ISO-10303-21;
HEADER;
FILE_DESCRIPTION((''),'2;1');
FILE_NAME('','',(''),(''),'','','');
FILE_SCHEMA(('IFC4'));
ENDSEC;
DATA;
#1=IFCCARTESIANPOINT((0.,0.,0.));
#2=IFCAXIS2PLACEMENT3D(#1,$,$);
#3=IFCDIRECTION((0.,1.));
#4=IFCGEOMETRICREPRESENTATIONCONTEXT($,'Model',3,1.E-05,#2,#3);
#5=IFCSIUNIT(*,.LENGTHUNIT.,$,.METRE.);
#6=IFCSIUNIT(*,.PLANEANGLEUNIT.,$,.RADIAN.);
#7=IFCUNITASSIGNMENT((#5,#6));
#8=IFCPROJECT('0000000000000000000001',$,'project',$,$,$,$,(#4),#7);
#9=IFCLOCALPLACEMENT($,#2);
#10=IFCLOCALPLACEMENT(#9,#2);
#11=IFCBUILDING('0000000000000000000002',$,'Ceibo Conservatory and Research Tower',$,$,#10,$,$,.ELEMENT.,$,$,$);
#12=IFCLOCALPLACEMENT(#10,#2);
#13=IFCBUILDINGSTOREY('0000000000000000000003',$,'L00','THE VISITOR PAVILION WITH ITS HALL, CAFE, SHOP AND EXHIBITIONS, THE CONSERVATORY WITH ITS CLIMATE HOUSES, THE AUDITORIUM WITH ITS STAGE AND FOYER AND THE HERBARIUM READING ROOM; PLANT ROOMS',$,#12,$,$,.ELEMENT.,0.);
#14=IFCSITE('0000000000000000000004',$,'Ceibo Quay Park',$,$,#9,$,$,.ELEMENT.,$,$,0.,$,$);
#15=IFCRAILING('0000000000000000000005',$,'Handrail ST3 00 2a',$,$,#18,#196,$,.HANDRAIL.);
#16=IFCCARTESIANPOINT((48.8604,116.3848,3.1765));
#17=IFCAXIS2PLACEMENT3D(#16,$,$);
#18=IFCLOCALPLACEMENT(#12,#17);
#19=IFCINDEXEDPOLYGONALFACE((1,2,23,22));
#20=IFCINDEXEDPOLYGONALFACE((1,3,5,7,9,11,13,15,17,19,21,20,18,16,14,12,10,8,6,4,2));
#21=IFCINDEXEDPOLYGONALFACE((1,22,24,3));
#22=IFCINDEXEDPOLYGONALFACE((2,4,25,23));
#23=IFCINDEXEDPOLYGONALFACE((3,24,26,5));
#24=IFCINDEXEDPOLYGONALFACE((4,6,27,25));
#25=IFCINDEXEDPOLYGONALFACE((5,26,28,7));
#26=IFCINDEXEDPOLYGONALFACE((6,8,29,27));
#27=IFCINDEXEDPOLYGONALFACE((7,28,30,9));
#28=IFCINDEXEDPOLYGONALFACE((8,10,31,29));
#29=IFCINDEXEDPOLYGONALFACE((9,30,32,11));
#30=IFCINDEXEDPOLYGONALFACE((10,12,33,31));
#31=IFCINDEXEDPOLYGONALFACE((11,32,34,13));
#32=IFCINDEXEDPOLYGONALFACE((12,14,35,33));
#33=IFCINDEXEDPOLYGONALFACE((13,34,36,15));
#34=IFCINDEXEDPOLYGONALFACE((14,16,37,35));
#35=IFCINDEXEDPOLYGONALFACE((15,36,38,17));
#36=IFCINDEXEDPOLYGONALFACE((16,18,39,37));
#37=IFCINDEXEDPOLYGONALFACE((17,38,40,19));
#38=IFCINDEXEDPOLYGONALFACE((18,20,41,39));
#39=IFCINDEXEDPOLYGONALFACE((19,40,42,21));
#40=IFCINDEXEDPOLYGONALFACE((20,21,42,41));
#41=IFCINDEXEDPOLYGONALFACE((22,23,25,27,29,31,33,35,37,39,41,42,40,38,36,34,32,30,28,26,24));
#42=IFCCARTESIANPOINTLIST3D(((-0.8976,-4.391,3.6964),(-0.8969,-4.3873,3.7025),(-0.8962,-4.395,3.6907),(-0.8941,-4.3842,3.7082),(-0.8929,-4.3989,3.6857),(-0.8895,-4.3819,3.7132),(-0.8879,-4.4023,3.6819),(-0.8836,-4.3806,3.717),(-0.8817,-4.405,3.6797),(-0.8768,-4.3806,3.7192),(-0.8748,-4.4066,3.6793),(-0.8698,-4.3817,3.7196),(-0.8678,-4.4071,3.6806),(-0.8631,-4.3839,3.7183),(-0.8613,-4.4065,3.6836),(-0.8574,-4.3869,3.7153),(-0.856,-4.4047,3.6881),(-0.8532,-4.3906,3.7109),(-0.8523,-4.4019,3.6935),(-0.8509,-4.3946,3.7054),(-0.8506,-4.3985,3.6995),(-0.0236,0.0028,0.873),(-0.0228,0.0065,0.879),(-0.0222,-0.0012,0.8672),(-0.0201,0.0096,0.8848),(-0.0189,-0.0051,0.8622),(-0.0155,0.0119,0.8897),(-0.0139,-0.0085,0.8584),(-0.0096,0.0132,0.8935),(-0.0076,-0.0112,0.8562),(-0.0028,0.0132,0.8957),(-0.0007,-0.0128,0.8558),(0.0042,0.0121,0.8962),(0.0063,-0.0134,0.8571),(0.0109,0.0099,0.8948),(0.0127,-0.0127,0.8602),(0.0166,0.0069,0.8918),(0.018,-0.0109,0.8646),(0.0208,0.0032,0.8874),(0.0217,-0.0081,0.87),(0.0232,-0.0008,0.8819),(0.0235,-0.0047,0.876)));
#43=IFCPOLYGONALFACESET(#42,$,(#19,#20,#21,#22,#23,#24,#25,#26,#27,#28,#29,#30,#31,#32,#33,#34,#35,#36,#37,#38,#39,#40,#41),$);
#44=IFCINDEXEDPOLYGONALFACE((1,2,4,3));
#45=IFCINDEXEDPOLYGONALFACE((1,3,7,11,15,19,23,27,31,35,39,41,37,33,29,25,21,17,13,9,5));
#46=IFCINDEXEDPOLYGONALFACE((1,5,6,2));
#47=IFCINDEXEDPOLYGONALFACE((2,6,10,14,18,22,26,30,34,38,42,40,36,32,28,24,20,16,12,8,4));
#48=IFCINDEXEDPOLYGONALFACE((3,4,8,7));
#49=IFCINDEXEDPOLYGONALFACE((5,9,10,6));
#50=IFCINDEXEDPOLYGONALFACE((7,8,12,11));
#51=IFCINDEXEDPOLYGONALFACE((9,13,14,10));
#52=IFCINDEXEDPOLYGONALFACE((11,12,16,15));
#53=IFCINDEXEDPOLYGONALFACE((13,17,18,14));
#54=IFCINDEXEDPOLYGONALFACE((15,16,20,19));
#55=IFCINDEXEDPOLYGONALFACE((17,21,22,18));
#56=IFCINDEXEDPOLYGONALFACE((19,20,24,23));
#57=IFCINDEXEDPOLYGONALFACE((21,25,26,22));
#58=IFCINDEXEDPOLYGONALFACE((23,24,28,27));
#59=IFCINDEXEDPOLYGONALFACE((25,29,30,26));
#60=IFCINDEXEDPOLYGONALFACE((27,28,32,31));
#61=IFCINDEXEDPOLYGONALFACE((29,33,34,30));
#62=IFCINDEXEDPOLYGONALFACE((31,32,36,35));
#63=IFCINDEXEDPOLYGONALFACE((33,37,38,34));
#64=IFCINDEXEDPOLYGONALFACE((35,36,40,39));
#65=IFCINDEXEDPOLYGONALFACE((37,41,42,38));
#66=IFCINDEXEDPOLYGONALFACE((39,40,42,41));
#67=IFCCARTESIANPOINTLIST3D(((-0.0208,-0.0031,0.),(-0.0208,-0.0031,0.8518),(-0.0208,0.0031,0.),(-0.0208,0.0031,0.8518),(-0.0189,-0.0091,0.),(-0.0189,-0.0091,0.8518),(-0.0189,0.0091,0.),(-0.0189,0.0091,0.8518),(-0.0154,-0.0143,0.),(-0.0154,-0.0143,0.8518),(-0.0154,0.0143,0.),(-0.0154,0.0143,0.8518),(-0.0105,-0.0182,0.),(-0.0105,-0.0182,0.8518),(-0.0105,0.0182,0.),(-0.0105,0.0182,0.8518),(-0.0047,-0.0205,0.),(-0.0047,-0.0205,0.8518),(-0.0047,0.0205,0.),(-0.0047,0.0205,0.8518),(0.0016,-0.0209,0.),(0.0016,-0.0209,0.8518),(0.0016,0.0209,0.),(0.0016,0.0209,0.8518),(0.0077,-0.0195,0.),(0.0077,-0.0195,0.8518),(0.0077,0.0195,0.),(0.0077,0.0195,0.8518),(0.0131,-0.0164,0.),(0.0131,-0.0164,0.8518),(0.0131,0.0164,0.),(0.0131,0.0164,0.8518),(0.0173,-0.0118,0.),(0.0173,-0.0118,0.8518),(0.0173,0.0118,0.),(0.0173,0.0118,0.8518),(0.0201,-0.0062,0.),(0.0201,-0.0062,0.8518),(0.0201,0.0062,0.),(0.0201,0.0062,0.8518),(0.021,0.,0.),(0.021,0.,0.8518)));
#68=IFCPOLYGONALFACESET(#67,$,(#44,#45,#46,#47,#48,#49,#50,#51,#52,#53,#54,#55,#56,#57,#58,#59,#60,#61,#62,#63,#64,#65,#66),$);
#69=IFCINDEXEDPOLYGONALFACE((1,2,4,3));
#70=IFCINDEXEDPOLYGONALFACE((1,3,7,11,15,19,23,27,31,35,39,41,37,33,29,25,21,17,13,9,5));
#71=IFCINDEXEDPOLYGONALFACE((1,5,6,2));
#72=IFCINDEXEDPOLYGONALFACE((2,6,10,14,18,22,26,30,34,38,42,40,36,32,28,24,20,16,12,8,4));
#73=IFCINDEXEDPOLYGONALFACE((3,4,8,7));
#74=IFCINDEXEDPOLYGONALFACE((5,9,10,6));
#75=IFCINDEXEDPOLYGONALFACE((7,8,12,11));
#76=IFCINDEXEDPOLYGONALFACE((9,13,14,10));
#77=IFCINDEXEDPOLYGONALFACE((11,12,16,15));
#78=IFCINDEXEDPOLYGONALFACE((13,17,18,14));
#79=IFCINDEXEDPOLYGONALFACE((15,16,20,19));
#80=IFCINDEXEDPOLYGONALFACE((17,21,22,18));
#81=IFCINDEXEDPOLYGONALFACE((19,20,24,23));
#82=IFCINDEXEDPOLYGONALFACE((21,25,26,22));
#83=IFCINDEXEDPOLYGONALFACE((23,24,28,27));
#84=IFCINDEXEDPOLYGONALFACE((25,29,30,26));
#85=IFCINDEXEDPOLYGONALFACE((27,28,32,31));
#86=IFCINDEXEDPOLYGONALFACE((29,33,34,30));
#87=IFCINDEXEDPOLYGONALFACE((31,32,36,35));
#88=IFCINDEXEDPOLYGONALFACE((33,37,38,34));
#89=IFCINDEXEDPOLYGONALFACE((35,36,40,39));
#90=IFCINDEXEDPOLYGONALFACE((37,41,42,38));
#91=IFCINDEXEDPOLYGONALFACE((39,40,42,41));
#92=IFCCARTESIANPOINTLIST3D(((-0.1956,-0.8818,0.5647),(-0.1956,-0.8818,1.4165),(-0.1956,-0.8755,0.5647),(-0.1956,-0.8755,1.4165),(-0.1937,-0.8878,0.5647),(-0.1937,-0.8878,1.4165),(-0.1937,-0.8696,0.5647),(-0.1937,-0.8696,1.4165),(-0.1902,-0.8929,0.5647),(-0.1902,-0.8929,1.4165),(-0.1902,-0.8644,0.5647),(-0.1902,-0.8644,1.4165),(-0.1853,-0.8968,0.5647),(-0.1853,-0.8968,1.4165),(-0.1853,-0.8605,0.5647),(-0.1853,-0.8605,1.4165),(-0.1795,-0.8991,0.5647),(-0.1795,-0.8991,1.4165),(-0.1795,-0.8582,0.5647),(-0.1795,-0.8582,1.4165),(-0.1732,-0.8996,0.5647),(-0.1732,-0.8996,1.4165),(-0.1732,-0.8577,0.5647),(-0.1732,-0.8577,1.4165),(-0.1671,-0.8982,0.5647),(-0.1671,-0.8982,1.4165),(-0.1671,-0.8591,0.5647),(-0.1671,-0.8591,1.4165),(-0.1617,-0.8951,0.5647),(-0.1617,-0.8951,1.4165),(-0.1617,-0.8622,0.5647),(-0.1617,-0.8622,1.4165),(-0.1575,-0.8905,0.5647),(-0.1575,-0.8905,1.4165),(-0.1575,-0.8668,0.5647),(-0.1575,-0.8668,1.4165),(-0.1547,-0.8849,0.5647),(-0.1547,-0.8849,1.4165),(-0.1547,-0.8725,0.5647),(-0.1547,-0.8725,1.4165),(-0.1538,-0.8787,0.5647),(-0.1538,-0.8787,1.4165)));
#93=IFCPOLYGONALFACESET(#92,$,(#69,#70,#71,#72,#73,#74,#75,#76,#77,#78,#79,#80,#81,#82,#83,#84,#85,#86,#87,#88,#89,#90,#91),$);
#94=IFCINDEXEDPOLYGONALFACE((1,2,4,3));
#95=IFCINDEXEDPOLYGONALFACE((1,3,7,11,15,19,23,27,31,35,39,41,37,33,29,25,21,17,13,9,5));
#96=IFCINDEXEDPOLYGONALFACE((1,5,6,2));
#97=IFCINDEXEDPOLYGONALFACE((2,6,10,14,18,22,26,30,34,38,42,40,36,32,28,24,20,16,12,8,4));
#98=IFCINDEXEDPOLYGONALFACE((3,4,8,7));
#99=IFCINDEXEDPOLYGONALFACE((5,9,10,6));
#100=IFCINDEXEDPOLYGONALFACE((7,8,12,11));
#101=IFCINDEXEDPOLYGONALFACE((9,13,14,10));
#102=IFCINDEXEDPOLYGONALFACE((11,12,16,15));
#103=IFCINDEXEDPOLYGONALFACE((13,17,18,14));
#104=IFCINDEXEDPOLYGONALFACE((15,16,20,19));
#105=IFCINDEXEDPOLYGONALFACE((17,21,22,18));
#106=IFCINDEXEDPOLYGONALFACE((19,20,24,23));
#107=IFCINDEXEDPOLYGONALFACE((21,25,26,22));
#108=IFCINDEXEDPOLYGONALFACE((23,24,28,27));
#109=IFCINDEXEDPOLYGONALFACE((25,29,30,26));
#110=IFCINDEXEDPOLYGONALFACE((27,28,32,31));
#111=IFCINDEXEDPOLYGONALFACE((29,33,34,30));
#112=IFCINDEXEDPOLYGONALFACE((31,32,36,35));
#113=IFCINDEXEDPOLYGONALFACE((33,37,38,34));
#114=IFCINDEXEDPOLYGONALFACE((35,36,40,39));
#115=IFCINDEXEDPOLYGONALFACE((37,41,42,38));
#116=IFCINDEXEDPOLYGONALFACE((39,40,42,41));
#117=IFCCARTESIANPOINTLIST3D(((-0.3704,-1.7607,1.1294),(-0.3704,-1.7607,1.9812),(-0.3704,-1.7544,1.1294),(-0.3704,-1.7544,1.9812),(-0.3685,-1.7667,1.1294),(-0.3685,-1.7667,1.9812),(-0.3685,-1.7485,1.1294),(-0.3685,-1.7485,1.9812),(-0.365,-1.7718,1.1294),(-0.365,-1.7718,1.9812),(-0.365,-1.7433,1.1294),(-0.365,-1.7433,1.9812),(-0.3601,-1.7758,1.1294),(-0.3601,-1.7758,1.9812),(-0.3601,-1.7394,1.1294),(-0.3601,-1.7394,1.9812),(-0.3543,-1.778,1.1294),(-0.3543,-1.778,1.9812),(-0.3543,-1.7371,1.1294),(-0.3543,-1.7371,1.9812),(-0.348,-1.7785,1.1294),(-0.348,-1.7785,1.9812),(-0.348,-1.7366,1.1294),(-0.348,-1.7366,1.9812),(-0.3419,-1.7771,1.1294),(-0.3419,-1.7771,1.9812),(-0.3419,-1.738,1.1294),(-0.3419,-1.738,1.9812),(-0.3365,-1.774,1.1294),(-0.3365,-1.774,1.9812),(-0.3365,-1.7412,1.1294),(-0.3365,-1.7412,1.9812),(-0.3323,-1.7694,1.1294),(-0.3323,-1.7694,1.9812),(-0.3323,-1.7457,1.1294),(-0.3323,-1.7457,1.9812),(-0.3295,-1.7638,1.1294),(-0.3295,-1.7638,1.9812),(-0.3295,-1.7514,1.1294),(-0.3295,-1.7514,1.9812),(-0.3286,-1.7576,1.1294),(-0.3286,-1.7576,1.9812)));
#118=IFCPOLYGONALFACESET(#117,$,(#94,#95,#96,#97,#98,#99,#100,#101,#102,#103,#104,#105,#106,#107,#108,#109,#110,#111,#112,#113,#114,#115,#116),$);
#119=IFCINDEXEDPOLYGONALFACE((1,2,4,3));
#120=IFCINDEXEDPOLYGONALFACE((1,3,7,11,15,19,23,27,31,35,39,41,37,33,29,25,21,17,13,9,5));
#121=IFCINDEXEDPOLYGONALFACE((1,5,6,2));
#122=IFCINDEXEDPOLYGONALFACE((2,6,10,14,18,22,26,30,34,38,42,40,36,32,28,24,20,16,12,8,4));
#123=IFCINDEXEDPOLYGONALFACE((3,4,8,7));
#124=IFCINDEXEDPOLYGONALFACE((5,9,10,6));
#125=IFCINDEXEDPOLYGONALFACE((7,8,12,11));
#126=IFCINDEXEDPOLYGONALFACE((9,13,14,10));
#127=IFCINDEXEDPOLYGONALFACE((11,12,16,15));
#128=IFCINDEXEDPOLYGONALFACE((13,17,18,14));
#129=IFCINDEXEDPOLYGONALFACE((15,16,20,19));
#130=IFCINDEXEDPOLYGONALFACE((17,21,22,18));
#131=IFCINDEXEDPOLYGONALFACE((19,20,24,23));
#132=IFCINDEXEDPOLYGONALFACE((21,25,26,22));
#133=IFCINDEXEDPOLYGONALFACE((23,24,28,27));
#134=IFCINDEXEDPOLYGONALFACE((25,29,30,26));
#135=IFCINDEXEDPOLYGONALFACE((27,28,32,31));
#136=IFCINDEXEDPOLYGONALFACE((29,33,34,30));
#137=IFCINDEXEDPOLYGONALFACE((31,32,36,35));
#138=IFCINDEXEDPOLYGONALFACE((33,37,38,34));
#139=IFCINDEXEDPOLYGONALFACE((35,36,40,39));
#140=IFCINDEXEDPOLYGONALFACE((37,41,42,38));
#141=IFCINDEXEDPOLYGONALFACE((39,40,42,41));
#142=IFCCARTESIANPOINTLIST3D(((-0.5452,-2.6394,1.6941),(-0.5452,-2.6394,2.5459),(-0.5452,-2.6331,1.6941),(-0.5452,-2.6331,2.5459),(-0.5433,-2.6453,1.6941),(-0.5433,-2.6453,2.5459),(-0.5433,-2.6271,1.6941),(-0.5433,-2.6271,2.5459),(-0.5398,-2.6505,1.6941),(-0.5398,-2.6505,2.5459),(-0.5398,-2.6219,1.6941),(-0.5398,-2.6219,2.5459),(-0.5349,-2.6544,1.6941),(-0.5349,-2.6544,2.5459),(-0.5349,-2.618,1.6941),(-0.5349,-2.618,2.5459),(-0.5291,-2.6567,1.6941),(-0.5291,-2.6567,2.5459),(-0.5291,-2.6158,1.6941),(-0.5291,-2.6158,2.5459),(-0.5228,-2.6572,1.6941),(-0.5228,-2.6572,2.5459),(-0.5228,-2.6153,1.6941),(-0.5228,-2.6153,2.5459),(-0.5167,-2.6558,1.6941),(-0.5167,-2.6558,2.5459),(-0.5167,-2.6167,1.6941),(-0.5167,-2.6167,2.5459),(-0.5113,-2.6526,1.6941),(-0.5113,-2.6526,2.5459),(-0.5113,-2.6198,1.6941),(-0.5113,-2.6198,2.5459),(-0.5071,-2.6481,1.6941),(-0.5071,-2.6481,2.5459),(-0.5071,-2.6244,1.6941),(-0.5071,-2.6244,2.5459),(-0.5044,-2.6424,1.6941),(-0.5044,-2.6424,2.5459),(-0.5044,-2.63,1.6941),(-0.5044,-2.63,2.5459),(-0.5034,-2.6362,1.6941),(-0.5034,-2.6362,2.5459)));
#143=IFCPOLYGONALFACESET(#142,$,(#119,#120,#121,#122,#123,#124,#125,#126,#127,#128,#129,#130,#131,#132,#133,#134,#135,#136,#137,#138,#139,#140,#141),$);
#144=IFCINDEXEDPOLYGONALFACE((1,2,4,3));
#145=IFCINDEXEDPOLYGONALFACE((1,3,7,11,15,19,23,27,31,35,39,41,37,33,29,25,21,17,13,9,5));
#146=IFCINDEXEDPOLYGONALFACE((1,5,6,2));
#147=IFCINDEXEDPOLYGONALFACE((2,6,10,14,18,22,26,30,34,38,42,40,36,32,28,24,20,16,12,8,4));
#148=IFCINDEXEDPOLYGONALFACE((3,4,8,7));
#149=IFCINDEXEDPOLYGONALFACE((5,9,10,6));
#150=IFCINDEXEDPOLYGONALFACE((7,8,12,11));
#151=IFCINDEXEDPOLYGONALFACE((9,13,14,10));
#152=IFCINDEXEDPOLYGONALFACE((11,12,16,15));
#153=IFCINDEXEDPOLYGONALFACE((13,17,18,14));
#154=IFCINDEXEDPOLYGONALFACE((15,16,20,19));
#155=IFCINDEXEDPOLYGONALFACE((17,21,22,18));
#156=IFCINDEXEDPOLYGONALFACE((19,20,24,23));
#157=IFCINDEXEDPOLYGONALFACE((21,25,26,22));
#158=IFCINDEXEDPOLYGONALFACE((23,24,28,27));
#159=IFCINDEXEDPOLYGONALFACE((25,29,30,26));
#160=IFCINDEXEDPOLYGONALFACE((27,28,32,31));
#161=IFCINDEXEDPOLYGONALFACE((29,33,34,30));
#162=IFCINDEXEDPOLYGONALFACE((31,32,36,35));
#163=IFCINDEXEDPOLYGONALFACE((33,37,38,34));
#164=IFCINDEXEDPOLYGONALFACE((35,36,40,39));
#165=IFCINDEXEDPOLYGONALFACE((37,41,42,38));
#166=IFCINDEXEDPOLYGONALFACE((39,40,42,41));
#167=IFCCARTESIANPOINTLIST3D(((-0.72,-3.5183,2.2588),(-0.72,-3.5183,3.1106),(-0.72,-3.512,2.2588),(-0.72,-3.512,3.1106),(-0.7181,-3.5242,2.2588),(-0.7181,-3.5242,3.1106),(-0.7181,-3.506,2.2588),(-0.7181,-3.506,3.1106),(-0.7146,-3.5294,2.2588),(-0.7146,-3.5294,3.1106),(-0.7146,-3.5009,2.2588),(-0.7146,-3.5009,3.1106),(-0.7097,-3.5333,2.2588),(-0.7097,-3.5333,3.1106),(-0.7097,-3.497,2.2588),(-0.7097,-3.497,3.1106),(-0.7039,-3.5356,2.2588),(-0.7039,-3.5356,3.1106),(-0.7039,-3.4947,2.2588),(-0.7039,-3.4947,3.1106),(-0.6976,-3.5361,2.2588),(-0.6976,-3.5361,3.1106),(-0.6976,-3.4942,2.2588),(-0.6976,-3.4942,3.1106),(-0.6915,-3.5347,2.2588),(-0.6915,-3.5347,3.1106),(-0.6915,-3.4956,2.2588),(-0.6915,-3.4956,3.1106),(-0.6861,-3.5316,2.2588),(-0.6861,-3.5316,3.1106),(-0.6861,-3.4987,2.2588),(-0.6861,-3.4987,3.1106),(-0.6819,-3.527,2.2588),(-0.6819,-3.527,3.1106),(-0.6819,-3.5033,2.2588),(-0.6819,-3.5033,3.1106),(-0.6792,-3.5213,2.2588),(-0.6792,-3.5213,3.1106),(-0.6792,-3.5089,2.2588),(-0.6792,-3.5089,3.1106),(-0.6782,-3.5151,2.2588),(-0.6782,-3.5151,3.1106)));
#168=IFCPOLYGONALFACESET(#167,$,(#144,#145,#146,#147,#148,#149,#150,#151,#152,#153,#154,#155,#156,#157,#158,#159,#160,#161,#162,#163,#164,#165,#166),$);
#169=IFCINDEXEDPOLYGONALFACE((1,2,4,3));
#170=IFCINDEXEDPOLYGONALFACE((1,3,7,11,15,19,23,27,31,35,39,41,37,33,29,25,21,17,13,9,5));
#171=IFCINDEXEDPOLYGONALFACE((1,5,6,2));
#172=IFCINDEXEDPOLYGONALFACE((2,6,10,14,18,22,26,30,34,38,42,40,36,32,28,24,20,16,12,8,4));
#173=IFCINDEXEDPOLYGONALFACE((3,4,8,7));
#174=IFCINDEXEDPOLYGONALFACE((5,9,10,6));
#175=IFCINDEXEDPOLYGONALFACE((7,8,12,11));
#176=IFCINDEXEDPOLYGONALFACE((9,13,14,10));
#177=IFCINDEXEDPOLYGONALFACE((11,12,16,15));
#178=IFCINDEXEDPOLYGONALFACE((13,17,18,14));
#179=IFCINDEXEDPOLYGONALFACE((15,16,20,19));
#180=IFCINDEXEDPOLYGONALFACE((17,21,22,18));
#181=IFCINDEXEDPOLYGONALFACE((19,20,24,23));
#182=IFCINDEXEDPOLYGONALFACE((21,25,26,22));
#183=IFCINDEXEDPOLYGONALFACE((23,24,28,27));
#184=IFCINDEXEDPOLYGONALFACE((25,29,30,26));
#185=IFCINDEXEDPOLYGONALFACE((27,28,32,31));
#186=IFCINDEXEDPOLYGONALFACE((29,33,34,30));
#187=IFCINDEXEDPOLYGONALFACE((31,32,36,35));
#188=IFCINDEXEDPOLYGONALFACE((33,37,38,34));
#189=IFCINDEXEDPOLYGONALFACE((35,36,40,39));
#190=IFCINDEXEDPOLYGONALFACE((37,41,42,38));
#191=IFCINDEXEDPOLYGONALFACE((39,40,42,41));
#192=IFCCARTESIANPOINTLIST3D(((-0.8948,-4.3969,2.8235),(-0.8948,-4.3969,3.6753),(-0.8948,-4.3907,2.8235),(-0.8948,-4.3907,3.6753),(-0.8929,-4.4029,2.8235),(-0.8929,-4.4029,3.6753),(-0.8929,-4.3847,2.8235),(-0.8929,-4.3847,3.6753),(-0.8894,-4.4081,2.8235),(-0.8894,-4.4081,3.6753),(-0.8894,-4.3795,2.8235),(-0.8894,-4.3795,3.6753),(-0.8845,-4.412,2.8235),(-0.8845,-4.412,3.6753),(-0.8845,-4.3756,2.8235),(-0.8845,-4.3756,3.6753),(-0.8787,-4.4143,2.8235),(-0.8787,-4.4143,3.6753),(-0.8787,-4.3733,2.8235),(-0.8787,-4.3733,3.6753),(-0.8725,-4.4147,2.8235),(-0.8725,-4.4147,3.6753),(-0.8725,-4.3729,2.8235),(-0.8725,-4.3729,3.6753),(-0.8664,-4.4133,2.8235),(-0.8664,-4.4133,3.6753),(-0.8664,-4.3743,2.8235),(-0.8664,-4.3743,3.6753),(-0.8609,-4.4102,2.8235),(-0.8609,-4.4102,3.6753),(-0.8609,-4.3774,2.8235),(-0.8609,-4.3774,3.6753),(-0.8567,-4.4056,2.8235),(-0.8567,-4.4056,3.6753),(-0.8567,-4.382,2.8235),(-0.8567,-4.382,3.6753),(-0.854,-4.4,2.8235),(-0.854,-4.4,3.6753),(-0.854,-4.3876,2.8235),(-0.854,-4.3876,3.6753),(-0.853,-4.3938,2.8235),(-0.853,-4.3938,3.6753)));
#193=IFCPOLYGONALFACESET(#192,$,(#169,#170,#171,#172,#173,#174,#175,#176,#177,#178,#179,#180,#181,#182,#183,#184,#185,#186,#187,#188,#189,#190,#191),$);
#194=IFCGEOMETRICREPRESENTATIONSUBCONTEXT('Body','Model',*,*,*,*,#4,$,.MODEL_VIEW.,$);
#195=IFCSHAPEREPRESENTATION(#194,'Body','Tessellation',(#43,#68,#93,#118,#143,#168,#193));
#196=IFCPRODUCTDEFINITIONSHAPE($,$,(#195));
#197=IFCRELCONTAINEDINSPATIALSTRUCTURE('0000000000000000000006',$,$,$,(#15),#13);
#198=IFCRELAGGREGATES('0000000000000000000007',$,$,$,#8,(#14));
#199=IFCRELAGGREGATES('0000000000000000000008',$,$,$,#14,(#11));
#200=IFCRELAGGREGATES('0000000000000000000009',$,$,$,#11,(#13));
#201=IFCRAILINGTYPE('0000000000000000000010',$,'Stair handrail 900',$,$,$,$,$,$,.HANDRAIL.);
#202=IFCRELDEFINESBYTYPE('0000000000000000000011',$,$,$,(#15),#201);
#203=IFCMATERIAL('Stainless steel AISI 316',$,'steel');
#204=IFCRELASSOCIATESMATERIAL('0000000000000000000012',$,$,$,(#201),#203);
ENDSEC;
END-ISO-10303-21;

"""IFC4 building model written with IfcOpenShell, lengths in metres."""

from ifc_helpers import new_model, si_unit, direction, frame, origin, origin_2d, place, context, subcontext, project, spatial, circle, extrude, material, type_object, element, save


model = new_model("IFC4")

# Units and contexts
model_context = context("Model", 3, precision=1e-05, world=origin(), true_north=direction((0.0, 1.0)))
body_context = subcontext(model_context, "Body", "Model", "MODEL_VIEW")
ifc_project = project(units=[si_unit("LENGTHUNIT", "METRE"), si_unit("PLANEANGLEUNIT", "RADIAN")], contexts=[model_context])

# Site, building, storey
site_placement = place(None, origin())
site = spatial("IfcSite", under=ifc_project, at=site_placement, Name="Ceibo Quay Park", CompositionType="ELEMENT", RefElevation=0.0)
building_placement = place(site_placement, origin())
building = spatial("IfcBuilding", under=site, at=building_placement, Name="Ceibo Conservatory and Research Tower", CompositionType="ELEMENT")
storey_placement = place(building_placement, origin())
storey = spatial("IfcBuildingStorey", under=building, at=storey_placement, Name="L00", Description="THE VISITOR PAVILION WITH ITS HALL, CAFE, SHOP AND EXHIBITIONS, THE CONSERVATORY WITH ITS CLIMATE HOUSES, THE AUDITORIUM WITH ITS STAGE AND FOYER AND THE HERBARIUM READING ROOM; PLANT ROOMS", CompositionType="ELEMENT", Elevation=0.0)

# Railing
ifc_material_1 = material(Name="Stainless steel AISI 316", Category="steel")
railing_type = type_object("IfcRailingType", Name="Stair handrail 900", PredefinedType="HANDRAIL", material=ifc_material_1)
railing_placement = place(storey_placement, frame((48.8604, 116.3848, 3.1765)))
element("IfcRailing", 1, at=railing_placement, inside=storey, type_object=railing_type, Name="Handrail ST3 00 2a", PredefinedType="HANDRAIL", context=body_context, shape_type="SweptSolid", body=[
    extrude(circle(Radius=0.0239, at=origin_2d()), frame((0.0, 0.0, 0.876), z_axis=(-0.165053, -0.829736, 0.533194), x_axis=(0.980783, -0.195099, 0.0)), (0.0, 0.0, 1.0), 5.2954),
    extrude(circle(Radius=0.021, at=origin_2d()), origin(), (0.0, 0.0, 1.0), 0.8518),
    extrude(circle(Radius=0.021, at=origin_2d()), frame((-0.1748, -0.8787, 0.5647)), (0.0, 0.0, 1.0), 0.8518),
    extrude(circle(Radius=0.021, at=origin_2d()), frame((-0.3496, -1.7576, 1.1294)), (0.0, 0.0, 1.0), 0.8518),
    extrude(circle(Radius=0.021, at=origin_2d()), frame((-0.5244, -2.6362, 1.6941)), (0.0, 0.0, 1.0), 0.8518),
    extrude(circle(Radius=0.021, at=origin_2d()), frame((-0.6992, -3.5151, 2.2588)), (0.0, 0.0, 1.0), 0.8518),
    extrude(circle(Radius=0.021, at=origin_2d()), frame((-0.874, -4.3938, 2.8235)), (0.0, 0.0, 1.0), 0.8518),
])

save(model, "model.ifc")
